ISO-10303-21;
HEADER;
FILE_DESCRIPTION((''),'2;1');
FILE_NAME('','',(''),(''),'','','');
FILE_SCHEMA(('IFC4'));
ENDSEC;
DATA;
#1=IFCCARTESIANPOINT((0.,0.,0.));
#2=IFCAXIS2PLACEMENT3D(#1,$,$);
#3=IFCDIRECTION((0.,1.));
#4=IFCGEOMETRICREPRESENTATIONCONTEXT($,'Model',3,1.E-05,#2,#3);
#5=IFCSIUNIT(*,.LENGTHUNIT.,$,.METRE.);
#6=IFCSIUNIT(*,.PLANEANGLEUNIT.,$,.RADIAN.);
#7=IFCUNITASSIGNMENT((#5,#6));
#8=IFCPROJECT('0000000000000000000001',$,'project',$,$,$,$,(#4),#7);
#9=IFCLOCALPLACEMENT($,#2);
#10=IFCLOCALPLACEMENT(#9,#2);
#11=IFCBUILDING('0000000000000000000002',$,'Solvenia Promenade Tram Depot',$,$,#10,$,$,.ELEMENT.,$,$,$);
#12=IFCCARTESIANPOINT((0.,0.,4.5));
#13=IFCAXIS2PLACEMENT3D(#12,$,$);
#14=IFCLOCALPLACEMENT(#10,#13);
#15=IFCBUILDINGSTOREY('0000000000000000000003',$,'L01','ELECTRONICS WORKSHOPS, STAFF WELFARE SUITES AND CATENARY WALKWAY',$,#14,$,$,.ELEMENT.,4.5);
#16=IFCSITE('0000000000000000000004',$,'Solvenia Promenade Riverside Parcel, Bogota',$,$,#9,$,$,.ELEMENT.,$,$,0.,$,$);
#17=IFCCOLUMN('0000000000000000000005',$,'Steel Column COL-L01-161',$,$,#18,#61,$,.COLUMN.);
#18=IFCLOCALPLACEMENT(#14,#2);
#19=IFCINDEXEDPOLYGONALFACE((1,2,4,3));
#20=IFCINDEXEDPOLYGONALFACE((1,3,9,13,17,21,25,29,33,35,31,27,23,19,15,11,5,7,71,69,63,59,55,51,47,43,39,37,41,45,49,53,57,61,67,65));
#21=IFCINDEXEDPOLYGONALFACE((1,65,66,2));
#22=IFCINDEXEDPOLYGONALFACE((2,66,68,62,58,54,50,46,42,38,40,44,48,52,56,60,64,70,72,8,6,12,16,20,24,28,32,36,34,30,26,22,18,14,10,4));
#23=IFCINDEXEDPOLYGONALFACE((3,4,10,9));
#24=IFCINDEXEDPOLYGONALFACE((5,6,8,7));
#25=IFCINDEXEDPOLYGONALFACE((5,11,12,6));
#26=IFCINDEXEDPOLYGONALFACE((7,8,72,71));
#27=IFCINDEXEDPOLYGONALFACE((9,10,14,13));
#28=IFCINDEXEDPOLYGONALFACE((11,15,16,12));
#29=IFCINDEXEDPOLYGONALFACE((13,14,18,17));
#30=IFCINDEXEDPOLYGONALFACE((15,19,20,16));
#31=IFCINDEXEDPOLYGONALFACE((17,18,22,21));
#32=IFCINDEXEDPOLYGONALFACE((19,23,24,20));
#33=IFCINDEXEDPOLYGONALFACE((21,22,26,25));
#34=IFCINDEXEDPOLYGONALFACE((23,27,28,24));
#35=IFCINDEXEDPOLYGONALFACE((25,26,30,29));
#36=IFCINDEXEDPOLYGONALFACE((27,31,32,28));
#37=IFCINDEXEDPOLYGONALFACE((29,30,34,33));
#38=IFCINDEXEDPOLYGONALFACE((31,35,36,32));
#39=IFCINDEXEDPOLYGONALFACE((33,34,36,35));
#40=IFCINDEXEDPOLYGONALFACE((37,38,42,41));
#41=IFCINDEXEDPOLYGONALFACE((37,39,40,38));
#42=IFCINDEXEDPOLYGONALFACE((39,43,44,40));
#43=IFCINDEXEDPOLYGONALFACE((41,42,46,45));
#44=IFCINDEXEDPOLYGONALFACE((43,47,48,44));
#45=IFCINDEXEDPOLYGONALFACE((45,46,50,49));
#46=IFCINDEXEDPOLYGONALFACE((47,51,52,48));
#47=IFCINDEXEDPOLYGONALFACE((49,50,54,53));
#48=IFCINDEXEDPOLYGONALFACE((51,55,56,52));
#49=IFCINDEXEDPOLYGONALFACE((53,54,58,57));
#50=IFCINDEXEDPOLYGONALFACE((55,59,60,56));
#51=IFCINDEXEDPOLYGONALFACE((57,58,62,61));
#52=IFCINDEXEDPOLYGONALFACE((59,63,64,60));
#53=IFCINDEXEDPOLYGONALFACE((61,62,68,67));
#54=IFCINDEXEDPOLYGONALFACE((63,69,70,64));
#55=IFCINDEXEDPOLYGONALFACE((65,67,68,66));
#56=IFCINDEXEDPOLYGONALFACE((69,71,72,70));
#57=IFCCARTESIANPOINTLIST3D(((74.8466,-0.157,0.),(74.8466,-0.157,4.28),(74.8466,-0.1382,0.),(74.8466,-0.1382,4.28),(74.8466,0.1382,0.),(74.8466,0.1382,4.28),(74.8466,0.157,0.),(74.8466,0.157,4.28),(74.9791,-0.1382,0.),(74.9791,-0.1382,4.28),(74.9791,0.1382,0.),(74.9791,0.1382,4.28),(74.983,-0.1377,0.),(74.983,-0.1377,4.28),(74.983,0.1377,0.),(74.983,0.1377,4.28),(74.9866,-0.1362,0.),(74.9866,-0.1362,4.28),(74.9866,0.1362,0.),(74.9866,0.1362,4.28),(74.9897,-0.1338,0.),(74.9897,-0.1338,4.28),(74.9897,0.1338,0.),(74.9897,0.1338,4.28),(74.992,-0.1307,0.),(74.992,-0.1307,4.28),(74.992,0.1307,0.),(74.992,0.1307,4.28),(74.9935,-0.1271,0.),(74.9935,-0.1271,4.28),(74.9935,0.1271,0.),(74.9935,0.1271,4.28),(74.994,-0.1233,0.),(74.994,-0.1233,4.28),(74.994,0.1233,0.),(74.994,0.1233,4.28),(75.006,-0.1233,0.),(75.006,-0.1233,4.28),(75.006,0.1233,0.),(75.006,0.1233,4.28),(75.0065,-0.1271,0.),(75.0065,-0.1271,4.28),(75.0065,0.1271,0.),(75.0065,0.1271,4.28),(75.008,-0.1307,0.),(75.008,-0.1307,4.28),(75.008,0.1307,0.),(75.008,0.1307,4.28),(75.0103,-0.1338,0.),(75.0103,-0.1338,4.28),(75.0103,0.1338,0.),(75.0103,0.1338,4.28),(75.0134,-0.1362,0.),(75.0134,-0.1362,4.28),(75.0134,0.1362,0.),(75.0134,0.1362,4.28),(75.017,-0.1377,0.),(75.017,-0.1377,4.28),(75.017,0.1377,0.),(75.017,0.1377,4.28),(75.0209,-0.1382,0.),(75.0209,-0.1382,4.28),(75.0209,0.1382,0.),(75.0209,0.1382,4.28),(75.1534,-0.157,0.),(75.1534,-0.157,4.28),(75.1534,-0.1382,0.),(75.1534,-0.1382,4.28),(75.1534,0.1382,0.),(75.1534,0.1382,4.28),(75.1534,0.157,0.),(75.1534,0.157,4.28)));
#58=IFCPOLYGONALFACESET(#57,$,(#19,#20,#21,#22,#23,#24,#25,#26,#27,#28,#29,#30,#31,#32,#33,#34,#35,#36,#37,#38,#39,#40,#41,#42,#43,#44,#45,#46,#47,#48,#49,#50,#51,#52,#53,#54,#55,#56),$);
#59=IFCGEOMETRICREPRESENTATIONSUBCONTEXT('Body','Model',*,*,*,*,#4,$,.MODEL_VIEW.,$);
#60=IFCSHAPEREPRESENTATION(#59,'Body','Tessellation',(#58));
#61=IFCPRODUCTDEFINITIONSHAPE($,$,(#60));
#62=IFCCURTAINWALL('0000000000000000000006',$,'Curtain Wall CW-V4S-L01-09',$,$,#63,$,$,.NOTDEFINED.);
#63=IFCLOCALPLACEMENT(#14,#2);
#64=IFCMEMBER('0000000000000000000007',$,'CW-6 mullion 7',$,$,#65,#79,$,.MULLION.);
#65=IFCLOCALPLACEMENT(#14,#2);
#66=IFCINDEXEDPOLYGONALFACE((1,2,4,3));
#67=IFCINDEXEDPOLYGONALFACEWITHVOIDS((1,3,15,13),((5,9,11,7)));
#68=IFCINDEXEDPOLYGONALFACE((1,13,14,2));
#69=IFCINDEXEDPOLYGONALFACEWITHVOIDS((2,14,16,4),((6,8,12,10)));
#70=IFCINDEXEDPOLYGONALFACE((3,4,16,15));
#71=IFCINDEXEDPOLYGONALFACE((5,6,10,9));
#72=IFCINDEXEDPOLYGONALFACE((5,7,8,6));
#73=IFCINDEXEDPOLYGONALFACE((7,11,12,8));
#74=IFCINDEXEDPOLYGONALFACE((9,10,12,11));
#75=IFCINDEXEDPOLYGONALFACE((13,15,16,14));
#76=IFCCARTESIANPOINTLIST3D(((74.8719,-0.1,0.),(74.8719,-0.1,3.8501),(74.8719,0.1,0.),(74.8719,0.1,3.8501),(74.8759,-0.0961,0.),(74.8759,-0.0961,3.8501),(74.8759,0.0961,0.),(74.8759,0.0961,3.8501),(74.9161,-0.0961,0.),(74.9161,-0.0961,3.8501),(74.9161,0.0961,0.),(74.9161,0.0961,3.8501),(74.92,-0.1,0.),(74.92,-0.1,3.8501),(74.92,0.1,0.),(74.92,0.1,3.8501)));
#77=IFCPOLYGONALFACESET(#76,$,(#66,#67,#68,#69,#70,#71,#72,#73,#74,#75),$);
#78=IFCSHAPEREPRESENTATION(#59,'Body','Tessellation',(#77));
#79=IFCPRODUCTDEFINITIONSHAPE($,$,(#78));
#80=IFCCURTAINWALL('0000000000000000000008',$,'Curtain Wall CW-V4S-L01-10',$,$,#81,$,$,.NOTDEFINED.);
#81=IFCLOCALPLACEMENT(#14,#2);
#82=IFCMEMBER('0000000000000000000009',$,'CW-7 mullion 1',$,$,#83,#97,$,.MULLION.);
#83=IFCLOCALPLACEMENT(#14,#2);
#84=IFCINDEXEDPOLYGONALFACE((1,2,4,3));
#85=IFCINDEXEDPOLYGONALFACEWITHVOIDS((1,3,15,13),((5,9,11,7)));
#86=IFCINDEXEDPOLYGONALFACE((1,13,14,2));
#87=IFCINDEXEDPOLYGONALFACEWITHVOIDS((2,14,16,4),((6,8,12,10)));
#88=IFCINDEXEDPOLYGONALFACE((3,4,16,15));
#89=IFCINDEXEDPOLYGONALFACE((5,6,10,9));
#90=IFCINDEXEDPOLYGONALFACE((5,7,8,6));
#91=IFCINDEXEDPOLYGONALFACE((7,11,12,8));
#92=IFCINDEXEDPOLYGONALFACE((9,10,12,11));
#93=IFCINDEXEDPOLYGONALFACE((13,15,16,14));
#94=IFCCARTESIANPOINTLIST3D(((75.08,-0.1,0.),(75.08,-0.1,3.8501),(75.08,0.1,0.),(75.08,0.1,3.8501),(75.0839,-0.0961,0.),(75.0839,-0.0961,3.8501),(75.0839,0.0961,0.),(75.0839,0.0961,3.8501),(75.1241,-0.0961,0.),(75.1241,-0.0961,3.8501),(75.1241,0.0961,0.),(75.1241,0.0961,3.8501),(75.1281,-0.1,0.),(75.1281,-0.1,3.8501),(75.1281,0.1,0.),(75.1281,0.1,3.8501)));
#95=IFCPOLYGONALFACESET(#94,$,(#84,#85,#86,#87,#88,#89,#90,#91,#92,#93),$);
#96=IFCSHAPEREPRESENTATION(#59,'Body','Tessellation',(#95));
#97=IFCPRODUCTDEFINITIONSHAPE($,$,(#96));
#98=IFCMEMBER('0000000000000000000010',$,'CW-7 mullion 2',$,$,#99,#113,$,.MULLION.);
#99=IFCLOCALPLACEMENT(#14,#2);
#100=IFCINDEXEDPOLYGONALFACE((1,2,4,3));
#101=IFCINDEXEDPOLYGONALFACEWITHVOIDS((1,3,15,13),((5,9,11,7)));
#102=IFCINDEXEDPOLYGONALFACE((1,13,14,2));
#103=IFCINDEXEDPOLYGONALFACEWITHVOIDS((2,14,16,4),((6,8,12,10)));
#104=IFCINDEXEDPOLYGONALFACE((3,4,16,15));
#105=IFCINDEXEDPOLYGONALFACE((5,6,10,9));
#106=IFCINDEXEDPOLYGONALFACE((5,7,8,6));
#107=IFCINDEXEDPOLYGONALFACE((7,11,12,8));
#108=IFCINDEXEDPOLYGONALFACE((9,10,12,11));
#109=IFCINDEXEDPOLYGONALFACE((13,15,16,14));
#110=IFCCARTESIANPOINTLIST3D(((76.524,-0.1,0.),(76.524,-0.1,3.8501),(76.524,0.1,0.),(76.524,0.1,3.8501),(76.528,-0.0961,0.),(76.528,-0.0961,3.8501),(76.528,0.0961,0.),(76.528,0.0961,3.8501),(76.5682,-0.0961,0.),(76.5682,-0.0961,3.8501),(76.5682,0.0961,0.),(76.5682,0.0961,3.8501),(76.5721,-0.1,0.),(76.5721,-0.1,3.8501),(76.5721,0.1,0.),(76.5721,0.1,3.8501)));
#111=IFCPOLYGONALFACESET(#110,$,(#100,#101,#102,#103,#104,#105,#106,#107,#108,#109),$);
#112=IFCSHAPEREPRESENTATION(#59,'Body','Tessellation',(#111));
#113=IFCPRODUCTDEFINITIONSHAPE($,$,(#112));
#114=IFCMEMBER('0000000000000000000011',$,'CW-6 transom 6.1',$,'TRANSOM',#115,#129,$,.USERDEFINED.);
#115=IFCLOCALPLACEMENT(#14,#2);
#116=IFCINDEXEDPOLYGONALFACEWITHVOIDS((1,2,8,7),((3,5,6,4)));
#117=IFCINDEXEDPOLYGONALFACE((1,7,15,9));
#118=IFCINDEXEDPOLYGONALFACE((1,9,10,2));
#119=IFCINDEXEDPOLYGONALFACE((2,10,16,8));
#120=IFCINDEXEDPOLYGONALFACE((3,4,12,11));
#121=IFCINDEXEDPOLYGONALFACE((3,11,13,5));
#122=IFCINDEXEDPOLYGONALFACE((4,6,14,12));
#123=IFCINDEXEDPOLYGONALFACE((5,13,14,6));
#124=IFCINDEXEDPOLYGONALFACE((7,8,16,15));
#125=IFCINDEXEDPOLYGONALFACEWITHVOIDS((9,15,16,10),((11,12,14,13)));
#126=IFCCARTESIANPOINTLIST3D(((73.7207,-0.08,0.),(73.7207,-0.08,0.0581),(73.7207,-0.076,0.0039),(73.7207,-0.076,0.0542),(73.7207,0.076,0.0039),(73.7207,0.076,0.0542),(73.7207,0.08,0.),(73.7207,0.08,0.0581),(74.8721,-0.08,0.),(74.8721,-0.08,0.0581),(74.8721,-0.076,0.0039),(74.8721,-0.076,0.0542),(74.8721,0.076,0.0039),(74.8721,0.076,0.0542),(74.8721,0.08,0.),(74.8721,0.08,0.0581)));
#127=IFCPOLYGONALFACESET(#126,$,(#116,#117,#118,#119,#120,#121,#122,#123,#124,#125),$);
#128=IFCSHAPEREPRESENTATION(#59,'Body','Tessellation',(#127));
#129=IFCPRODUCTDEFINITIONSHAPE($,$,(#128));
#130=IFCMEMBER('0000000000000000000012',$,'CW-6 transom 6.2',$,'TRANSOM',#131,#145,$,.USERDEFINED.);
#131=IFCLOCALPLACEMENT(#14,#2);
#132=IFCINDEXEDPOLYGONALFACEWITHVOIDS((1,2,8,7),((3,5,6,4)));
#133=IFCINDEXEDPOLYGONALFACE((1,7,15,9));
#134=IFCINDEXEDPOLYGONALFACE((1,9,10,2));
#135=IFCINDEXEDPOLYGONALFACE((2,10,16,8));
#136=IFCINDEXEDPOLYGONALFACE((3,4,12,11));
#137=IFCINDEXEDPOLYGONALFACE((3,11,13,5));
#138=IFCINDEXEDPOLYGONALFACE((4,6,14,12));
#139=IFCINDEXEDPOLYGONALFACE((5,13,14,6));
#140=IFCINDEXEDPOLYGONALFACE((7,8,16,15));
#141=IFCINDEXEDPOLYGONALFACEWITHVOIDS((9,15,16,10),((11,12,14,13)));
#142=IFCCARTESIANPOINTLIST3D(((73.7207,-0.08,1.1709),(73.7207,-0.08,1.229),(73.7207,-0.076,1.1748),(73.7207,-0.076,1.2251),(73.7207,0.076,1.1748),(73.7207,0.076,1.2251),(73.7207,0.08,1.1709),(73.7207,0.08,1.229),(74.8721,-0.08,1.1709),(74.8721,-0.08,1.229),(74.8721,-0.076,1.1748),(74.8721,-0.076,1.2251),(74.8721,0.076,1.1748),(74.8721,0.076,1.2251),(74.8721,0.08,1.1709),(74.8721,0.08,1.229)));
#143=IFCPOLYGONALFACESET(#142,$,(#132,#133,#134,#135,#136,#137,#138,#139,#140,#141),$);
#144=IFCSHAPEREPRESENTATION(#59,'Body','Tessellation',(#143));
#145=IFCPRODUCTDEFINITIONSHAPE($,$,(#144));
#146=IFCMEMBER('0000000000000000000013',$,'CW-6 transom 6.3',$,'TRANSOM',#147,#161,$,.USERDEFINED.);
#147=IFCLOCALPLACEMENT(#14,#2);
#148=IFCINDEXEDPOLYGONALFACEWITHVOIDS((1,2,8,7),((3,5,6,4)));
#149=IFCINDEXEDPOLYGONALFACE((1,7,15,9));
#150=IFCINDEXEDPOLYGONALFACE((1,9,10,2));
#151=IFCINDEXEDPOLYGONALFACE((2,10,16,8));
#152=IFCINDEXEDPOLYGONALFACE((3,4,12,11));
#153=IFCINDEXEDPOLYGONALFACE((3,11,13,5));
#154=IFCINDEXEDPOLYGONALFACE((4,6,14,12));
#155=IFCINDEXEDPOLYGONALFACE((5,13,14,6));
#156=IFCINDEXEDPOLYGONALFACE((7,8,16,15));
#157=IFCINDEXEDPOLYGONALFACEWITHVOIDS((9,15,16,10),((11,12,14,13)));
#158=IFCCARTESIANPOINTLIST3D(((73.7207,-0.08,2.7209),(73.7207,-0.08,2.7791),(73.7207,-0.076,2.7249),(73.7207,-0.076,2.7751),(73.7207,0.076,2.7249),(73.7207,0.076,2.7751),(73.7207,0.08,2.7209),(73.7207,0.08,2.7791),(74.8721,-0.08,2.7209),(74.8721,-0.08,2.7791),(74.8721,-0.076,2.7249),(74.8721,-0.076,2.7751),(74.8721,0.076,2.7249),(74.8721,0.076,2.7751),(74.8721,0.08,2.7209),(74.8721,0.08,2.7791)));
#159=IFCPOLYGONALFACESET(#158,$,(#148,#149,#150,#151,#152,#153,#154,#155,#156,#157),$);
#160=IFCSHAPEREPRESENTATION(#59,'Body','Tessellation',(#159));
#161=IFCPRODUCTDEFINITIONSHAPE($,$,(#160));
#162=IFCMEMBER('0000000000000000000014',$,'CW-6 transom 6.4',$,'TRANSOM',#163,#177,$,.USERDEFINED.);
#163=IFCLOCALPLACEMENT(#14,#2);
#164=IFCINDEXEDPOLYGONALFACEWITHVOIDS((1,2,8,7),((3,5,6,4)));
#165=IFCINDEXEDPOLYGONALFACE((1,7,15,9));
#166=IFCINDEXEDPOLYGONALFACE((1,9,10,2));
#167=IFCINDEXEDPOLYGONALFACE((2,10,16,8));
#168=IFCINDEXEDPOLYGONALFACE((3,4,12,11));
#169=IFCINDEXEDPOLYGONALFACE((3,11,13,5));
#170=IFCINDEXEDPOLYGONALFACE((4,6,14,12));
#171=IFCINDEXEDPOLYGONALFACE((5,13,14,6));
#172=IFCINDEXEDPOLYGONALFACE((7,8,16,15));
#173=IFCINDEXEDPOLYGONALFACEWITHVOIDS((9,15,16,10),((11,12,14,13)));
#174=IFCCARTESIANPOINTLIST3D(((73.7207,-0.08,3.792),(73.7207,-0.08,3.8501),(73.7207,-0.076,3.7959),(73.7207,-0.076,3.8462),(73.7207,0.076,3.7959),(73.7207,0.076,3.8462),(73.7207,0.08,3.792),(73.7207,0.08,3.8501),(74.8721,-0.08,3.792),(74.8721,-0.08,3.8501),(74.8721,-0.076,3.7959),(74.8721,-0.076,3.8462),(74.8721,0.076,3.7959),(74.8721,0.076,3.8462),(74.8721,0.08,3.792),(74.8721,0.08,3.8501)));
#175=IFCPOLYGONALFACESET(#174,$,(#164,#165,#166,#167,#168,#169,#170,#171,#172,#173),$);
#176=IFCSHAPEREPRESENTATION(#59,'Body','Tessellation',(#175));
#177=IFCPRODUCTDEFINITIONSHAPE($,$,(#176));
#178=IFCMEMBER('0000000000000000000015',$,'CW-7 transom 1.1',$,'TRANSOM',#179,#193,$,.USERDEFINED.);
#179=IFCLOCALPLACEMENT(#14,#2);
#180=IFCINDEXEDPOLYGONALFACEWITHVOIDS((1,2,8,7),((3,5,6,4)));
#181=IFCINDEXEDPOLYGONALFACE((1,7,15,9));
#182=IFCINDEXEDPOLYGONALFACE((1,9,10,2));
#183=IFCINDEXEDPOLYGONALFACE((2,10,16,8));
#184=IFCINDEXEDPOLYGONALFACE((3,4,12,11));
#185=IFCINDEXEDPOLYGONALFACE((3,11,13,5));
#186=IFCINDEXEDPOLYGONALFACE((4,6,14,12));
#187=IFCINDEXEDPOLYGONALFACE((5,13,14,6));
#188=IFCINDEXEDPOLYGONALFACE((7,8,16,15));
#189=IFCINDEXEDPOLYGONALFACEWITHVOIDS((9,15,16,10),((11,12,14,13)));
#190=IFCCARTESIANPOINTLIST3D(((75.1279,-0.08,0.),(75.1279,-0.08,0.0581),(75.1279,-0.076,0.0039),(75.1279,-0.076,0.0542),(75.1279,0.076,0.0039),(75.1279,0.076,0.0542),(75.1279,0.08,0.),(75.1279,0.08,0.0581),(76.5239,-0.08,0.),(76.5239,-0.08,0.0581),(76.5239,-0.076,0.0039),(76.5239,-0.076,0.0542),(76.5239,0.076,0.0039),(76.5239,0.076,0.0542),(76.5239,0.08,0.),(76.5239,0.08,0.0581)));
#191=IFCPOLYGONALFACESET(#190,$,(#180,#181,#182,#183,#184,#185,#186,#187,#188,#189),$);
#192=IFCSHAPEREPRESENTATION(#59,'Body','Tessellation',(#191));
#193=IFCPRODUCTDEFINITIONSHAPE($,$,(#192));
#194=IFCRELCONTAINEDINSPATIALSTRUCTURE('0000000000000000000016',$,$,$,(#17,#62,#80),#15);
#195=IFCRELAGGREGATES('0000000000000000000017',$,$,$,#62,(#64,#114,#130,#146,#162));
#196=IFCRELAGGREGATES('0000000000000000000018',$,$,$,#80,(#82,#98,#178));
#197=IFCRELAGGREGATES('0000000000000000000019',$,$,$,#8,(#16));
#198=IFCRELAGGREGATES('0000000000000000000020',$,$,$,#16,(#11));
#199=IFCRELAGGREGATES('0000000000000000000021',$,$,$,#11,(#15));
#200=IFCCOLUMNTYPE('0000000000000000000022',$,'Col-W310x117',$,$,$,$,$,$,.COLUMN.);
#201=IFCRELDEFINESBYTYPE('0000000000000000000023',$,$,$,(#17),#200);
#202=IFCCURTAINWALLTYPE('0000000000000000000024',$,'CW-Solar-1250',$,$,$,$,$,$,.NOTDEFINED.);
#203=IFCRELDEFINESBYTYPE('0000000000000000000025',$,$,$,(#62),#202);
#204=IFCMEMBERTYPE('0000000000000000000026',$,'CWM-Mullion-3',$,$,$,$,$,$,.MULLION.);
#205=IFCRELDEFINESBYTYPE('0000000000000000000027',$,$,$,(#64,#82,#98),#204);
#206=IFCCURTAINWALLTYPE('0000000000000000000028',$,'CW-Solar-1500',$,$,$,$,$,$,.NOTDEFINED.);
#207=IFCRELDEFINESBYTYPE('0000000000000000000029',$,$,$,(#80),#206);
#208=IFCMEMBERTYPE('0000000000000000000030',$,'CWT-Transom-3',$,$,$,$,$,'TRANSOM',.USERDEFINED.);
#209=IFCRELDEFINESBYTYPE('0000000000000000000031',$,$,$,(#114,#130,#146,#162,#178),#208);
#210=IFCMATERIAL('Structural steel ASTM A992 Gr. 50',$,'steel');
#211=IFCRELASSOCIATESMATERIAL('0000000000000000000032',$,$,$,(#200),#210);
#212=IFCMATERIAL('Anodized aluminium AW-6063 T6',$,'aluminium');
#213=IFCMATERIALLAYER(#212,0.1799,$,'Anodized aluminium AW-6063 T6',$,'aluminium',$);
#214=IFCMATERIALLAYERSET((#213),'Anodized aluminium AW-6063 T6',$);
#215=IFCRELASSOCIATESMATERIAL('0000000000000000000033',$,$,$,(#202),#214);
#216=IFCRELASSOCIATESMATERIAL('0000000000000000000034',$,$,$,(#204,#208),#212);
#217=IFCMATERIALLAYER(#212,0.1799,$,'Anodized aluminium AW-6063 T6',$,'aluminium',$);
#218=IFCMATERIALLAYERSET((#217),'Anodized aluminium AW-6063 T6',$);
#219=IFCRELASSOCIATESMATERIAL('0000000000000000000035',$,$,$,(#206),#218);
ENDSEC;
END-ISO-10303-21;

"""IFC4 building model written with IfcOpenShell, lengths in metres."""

from ifc_helpers import new_model, si_unit, direction, frame, origin, origin_2d, place, context, subcontext, project, spatial, hollow_rectangle, i_section, extrude, material, layer, layer_set, material_profile, profile_set, type_object, element, aggregate, save


model = new_model("IFC4")

# Units and contexts
model_context = context("Model", 3, precision=1e-05, world=origin(), true_north=direction((0.0, 1.0)))
body_context = subcontext(model_context, "Body", "Model", "MODEL_VIEW")
ifc_project = project(units=[si_unit("LENGTHUNIT", "METRE"), si_unit("PLANEANGLEUNIT", "RADIAN")], contexts=[model_context])

# Site, building, storey
site_placement = place(None, origin())
site = spatial("IfcSite", under=ifc_project, at=site_placement, Name="Solvenia Promenade Riverside Parcel, Bogota", CompositionType="ELEMENT", RefElevation=0.0)
building_placement = place(site_placement, origin())
building = spatial("IfcBuilding", under=site, at=building_placement, Name="Solvenia Promenade Tram Depot", CompositionType="ELEMENT")
storey_placement = place(building_placement, frame((0.0, 0.0, 4.5)))
storey = spatial("IfcBuildingStorey", under=building, at=storey_placement, Name="L01", Description="ELECTRONICS WORKSHOPS, STAFF WELFARE SUITES AND CATENARY WALKWAY", CompositionType="ELEMENT", Elevation=4.5)

# Column
ifc_material_1 = material(Name="Structural steel ASTM A992 Gr. 50", Category="steel")
ifc_material_profile_1 = material_profile(ifc_material_1, i_section(OverallWidth=0.3069, OverallDepth=0.314, WebThickness=0.012, FlangeThickness=0.0188, FilletRadius=0.0149, at=origin_2d()), Name="W310x117", Category="steel")
ifc_profile_set_1 = profile_set([ifc_material_profile_1], Name="Structural steel ASTM A992 Gr. 50")
column_type = type_object("IfcColumnType", Name="Col-W310x117", PredefinedType="COLUMN", material=ifc_profile_set_1)
column_placement = place(storey_placement, frame((75.0, 0.0, 0.0), z_axis=(0.0, 0.0, 1.0), x_axis=(1.0, 0.0, 0.0)))
element("IfcColumn", 1, at=column_placement, inside=storey, type_object=column_type, Name="Steel Column COL-L01-161", PredefinedType="COLUMN", context=body_context, shape_type="SweptSolid", body=[
    extrude(i_section(OverallWidth=0.3069, OverallDepth=0.314, WebThickness=0.012, FlangeThickness=0.0188, FilletRadius=0.0149, at=origin_2d()), origin(), (0.0, 0.0, 1.0), 4.28),
])

# Curtain wall, member
ifc_material_2 = material(Name="Anodized aluminium AW-6063 T6", Category="aluminium")
ifc_layer_1 = layer(ifc_material_2, 0.1799, Name="Anodized aluminium AW-6063 T6", Category="aluminium")
ifc_layer_set_1 = layer_set([ifc_layer_1], Name="Anodized aluminium AW-6063 T6")
curtain_wall_type_1 = type_object("IfcCurtainWallType", Name="CW-Solar-1250", PredefinedType="NOTDEFINED", material=ifc_layer_set_1)
curtain_wall_1_placement = place(storey_placement, origin())
curtain_wall_1 = element("IfcCurtainWall", 2, at=curtain_wall_1_placement, inside=storey, type_object=curtain_wall_type_1, Name="Curtain Wall CW-V4S-L01-09", PredefinedType="NOTDEFINED")
ifc_material_profile_2 = material_profile(ifc_material_2, hollow_rectangle(XDim=0.2, YDim=0.0481, WallThickness=0.0039, at=origin_2d()), Name="ALU-M3", Category="aluminium")
ifc_profile_set_2 = profile_set([ifc_material_profile_2], Name="Anodized aluminium AW-6063 T6")
member_type_1 = type_object("IfcMemberType", Name="CWM-Mullion-3", PredefinedType="MULLION", material=ifc_profile_set_2)
member_1_placement = place(storey_placement, frame((74.896, 0.0, 0.0), z_axis=(0.0, 0.0, 1.0), x_axis=(0.0, 1.0, 0.0)))
member_1 = element("IfcMember", 3, at=member_1_placement, type_object=member_type_1, Name="CW-6 mullion 7", PredefinedType="MULLION", context=body_context, shape_type="SweptSolid", body=[
    extrude(hollow_rectangle(XDim=0.2, YDim=0.0481, WallThickness=0.0039, at=origin_2d()), origin(), (0.0, 0.0, 1.0), 3.8501),
])

# Curtain wall, members
ifc_layer_2 = layer(ifc_material_2, 0.1799, Name="Anodized aluminium AW-6063 T6", Category="aluminium")
ifc_layer_set_2 = layer_set([ifc_layer_2], Name="Anodized aluminium AW-6063 T6")
curtain_wall_type_2 = type_object("IfcCurtainWallType", Name="CW-Solar-1500", PredefinedType="NOTDEFINED", material=ifc_layer_set_2)
curtain_wall_2_placement = place(storey_placement, origin())
curtain_wall_2 = element("IfcCurtainWall", 4, at=curtain_wall_2_placement, inside=storey, type_object=curtain_wall_type_2, Name="Curtain Wall CW-V4S-L01-10", PredefinedType="NOTDEFINED")
member_2_placement = place(storey_placement, frame((75.104, 0.0, 0.0), z_axis=(0.0, 0.0, 1.0), x_axis=(0.0, 1.0, 0.0)))
member_2 = element("IfcMember", 5, at=member_2_placement, type_object=member_type_1, Name="CW-7 mullion 1", PredefinedType="MULLION", context=body_context, shape_type="SweptSolid", body=[
    extrude(hollow_rectangle(XDim=0.2, YDim=0.0481, WallThickness=0.0039, at=origin_2d()), origin(), (0.0, 0.0, 1.0), 3.8501),
])
member_3_placement = place(storey_placement, frame((76.5481, 0.0, 0.0), z_axis=(0.0, 0.0, 1.0), x_axis=(0.0, 1.0, 0.0)))
member_3 = element("IfcMember", 6, at=member_3_placement, type_object=member_type_1, Name="CW-7 mullion 2", PredefinedType="MULLION", context=body_context, shape_type="SweptSolid", body=[
    extrude(hollow_rectangle(XDim=0.2, YDim=0.0481, WallThickness=0.0039, at=origin_2d()), origin(), (0.0, 0.0, 1.0), 3.8501),
])

# Members
ifc_material_profile_3 = material_profile(ifc_material_2, hollow_rectangle(XDim=0.1599, YDim=0.0581, WallThickness=0.0039, at=origin_2d()), Name="ALU-T3", Category="aluminium")
ifc_profile_set_3 = profile_set([ifc_material_profile_3], Name="Anodized aluminium AW-6063 T6")
member_type_2 = type_object("IfcMemberType", Name="CWT-Transom-3", ElementType="TRANSOM", PredefinedType="USERDEFINED", material=ifc_profile_set_3)
member_4_placement = place(storey_placement, frame((73.7207, 0.0, 0.0291), z_axis=(1.0, 0.0, 0.0), x_axis=(0.0, 1.0, 0.0)))
member_4 = element("IfcMember", 7, at=member_4_placement, type_object=member_type_2, Name="CW-6 transom 6.1", ObjectType="TRANSOM", PredefinedType="USERDEFINED", context=body_context, shape_type="SweptSolid", body=[
    extrude(hollow_rectangle(XDim=0.1599, YDim=0.0581, WallThickness=0.0039, at=origin_2d()), origin(), (0.0, 0.0, 1.0), 1.1514),
])
member_5_placement = place(storey_placement, frame((73.7207, 0.0, 1.2), z_axis=(1.0, 0.0, 0.0), x_axis=(0.0, 1.0, 0.0)))
member_5 = element("IfcMember", 8, at=member_5_placement, type_object=member_type_2, Name="CW-6 transom 6.2", ObjectType="TRANSOM", PredefinedType="USERDEFINED", context=body_context, shape_type="SweptSolid", body=[
    extrude(hollow_rectangle(XDim=0.1599, YDim=0.0581, WallThickness=0.0039, at=origin_2d()), origin(), (0.0, 0.0, 1.0), 1.1514),
])
member_6_placement = place(storey_placement, frame((73.7207, 0.0, 2.75), z_axis=(1.0, 0.0, 0.0), x_axis=(0.0, 1.0, 0.0)))
member_6 = element("IfcMember", 9, at=member_6_placement, type_object=member_type_2, Name="CW-6 transom 6.3", ObjectType="TRANSOM", PredefinedType="USERDEFINED", context=body_context, shape_type="SweptSolid", body=[
    extrude(hollow_rectangle(XDim=0.1599, YDim=0.0581, WallThickness=0.0039, at=origin_2d()), origin(), (0.0, 0.0, 1.0), 1.1514),
])
member_7_placement = place(storey_placement, frame((73.7207, 0.0, 3.821), z_axis=(1.0, 0.0, 0.0), x_axis=(0.0, 1.0, 0.0)))
member_7 = element("IfcMember", 10, at=member_7_placement, type_object=member_type_2, Name="CW-6 transom 6.4", ObjectType="TRANSOM", PredefinedType="USERDEFINED", context=body_context, shape_type="SweptSolid", body=[
    extrude(hollow_rectangle(XDim=0.1599, YDim=0.0581, WallThickness=0.0039, at=origin_2d()), origin(), (0.0, 0.0, 1.0), 1.1514),
])
member_8_placement = place(storey_placement, frame((75.1279, 0.0, 0.0291), z_axis=(1.0, 0.0, 0.0), x_axis=(0.0, 1.0, 0.0)))
member_8 = element("IfcMember", 11, at=member_8_placement, type_object=member_type_2, Name="CW-7 transom 1.1", ObjectType="TRANSOM", PredefinedType="USERDEFINED", context=body_context, shape_type="SweptSolid", body=[
    extrude(hollow_rectangle(XDim=0.1599, YDim=0.0581, WallThickness=0.0039, at=origin_2d()), origin(), (0.0, 0.0, 1.0), 1.396),
])

aggregate(curtain_wall_1, [member_1, member_4, member_5, member_6, member_7])
aggregate(curtain_wall_2, [member_2, member_3, member_8])

save(model, "model.ifc")
